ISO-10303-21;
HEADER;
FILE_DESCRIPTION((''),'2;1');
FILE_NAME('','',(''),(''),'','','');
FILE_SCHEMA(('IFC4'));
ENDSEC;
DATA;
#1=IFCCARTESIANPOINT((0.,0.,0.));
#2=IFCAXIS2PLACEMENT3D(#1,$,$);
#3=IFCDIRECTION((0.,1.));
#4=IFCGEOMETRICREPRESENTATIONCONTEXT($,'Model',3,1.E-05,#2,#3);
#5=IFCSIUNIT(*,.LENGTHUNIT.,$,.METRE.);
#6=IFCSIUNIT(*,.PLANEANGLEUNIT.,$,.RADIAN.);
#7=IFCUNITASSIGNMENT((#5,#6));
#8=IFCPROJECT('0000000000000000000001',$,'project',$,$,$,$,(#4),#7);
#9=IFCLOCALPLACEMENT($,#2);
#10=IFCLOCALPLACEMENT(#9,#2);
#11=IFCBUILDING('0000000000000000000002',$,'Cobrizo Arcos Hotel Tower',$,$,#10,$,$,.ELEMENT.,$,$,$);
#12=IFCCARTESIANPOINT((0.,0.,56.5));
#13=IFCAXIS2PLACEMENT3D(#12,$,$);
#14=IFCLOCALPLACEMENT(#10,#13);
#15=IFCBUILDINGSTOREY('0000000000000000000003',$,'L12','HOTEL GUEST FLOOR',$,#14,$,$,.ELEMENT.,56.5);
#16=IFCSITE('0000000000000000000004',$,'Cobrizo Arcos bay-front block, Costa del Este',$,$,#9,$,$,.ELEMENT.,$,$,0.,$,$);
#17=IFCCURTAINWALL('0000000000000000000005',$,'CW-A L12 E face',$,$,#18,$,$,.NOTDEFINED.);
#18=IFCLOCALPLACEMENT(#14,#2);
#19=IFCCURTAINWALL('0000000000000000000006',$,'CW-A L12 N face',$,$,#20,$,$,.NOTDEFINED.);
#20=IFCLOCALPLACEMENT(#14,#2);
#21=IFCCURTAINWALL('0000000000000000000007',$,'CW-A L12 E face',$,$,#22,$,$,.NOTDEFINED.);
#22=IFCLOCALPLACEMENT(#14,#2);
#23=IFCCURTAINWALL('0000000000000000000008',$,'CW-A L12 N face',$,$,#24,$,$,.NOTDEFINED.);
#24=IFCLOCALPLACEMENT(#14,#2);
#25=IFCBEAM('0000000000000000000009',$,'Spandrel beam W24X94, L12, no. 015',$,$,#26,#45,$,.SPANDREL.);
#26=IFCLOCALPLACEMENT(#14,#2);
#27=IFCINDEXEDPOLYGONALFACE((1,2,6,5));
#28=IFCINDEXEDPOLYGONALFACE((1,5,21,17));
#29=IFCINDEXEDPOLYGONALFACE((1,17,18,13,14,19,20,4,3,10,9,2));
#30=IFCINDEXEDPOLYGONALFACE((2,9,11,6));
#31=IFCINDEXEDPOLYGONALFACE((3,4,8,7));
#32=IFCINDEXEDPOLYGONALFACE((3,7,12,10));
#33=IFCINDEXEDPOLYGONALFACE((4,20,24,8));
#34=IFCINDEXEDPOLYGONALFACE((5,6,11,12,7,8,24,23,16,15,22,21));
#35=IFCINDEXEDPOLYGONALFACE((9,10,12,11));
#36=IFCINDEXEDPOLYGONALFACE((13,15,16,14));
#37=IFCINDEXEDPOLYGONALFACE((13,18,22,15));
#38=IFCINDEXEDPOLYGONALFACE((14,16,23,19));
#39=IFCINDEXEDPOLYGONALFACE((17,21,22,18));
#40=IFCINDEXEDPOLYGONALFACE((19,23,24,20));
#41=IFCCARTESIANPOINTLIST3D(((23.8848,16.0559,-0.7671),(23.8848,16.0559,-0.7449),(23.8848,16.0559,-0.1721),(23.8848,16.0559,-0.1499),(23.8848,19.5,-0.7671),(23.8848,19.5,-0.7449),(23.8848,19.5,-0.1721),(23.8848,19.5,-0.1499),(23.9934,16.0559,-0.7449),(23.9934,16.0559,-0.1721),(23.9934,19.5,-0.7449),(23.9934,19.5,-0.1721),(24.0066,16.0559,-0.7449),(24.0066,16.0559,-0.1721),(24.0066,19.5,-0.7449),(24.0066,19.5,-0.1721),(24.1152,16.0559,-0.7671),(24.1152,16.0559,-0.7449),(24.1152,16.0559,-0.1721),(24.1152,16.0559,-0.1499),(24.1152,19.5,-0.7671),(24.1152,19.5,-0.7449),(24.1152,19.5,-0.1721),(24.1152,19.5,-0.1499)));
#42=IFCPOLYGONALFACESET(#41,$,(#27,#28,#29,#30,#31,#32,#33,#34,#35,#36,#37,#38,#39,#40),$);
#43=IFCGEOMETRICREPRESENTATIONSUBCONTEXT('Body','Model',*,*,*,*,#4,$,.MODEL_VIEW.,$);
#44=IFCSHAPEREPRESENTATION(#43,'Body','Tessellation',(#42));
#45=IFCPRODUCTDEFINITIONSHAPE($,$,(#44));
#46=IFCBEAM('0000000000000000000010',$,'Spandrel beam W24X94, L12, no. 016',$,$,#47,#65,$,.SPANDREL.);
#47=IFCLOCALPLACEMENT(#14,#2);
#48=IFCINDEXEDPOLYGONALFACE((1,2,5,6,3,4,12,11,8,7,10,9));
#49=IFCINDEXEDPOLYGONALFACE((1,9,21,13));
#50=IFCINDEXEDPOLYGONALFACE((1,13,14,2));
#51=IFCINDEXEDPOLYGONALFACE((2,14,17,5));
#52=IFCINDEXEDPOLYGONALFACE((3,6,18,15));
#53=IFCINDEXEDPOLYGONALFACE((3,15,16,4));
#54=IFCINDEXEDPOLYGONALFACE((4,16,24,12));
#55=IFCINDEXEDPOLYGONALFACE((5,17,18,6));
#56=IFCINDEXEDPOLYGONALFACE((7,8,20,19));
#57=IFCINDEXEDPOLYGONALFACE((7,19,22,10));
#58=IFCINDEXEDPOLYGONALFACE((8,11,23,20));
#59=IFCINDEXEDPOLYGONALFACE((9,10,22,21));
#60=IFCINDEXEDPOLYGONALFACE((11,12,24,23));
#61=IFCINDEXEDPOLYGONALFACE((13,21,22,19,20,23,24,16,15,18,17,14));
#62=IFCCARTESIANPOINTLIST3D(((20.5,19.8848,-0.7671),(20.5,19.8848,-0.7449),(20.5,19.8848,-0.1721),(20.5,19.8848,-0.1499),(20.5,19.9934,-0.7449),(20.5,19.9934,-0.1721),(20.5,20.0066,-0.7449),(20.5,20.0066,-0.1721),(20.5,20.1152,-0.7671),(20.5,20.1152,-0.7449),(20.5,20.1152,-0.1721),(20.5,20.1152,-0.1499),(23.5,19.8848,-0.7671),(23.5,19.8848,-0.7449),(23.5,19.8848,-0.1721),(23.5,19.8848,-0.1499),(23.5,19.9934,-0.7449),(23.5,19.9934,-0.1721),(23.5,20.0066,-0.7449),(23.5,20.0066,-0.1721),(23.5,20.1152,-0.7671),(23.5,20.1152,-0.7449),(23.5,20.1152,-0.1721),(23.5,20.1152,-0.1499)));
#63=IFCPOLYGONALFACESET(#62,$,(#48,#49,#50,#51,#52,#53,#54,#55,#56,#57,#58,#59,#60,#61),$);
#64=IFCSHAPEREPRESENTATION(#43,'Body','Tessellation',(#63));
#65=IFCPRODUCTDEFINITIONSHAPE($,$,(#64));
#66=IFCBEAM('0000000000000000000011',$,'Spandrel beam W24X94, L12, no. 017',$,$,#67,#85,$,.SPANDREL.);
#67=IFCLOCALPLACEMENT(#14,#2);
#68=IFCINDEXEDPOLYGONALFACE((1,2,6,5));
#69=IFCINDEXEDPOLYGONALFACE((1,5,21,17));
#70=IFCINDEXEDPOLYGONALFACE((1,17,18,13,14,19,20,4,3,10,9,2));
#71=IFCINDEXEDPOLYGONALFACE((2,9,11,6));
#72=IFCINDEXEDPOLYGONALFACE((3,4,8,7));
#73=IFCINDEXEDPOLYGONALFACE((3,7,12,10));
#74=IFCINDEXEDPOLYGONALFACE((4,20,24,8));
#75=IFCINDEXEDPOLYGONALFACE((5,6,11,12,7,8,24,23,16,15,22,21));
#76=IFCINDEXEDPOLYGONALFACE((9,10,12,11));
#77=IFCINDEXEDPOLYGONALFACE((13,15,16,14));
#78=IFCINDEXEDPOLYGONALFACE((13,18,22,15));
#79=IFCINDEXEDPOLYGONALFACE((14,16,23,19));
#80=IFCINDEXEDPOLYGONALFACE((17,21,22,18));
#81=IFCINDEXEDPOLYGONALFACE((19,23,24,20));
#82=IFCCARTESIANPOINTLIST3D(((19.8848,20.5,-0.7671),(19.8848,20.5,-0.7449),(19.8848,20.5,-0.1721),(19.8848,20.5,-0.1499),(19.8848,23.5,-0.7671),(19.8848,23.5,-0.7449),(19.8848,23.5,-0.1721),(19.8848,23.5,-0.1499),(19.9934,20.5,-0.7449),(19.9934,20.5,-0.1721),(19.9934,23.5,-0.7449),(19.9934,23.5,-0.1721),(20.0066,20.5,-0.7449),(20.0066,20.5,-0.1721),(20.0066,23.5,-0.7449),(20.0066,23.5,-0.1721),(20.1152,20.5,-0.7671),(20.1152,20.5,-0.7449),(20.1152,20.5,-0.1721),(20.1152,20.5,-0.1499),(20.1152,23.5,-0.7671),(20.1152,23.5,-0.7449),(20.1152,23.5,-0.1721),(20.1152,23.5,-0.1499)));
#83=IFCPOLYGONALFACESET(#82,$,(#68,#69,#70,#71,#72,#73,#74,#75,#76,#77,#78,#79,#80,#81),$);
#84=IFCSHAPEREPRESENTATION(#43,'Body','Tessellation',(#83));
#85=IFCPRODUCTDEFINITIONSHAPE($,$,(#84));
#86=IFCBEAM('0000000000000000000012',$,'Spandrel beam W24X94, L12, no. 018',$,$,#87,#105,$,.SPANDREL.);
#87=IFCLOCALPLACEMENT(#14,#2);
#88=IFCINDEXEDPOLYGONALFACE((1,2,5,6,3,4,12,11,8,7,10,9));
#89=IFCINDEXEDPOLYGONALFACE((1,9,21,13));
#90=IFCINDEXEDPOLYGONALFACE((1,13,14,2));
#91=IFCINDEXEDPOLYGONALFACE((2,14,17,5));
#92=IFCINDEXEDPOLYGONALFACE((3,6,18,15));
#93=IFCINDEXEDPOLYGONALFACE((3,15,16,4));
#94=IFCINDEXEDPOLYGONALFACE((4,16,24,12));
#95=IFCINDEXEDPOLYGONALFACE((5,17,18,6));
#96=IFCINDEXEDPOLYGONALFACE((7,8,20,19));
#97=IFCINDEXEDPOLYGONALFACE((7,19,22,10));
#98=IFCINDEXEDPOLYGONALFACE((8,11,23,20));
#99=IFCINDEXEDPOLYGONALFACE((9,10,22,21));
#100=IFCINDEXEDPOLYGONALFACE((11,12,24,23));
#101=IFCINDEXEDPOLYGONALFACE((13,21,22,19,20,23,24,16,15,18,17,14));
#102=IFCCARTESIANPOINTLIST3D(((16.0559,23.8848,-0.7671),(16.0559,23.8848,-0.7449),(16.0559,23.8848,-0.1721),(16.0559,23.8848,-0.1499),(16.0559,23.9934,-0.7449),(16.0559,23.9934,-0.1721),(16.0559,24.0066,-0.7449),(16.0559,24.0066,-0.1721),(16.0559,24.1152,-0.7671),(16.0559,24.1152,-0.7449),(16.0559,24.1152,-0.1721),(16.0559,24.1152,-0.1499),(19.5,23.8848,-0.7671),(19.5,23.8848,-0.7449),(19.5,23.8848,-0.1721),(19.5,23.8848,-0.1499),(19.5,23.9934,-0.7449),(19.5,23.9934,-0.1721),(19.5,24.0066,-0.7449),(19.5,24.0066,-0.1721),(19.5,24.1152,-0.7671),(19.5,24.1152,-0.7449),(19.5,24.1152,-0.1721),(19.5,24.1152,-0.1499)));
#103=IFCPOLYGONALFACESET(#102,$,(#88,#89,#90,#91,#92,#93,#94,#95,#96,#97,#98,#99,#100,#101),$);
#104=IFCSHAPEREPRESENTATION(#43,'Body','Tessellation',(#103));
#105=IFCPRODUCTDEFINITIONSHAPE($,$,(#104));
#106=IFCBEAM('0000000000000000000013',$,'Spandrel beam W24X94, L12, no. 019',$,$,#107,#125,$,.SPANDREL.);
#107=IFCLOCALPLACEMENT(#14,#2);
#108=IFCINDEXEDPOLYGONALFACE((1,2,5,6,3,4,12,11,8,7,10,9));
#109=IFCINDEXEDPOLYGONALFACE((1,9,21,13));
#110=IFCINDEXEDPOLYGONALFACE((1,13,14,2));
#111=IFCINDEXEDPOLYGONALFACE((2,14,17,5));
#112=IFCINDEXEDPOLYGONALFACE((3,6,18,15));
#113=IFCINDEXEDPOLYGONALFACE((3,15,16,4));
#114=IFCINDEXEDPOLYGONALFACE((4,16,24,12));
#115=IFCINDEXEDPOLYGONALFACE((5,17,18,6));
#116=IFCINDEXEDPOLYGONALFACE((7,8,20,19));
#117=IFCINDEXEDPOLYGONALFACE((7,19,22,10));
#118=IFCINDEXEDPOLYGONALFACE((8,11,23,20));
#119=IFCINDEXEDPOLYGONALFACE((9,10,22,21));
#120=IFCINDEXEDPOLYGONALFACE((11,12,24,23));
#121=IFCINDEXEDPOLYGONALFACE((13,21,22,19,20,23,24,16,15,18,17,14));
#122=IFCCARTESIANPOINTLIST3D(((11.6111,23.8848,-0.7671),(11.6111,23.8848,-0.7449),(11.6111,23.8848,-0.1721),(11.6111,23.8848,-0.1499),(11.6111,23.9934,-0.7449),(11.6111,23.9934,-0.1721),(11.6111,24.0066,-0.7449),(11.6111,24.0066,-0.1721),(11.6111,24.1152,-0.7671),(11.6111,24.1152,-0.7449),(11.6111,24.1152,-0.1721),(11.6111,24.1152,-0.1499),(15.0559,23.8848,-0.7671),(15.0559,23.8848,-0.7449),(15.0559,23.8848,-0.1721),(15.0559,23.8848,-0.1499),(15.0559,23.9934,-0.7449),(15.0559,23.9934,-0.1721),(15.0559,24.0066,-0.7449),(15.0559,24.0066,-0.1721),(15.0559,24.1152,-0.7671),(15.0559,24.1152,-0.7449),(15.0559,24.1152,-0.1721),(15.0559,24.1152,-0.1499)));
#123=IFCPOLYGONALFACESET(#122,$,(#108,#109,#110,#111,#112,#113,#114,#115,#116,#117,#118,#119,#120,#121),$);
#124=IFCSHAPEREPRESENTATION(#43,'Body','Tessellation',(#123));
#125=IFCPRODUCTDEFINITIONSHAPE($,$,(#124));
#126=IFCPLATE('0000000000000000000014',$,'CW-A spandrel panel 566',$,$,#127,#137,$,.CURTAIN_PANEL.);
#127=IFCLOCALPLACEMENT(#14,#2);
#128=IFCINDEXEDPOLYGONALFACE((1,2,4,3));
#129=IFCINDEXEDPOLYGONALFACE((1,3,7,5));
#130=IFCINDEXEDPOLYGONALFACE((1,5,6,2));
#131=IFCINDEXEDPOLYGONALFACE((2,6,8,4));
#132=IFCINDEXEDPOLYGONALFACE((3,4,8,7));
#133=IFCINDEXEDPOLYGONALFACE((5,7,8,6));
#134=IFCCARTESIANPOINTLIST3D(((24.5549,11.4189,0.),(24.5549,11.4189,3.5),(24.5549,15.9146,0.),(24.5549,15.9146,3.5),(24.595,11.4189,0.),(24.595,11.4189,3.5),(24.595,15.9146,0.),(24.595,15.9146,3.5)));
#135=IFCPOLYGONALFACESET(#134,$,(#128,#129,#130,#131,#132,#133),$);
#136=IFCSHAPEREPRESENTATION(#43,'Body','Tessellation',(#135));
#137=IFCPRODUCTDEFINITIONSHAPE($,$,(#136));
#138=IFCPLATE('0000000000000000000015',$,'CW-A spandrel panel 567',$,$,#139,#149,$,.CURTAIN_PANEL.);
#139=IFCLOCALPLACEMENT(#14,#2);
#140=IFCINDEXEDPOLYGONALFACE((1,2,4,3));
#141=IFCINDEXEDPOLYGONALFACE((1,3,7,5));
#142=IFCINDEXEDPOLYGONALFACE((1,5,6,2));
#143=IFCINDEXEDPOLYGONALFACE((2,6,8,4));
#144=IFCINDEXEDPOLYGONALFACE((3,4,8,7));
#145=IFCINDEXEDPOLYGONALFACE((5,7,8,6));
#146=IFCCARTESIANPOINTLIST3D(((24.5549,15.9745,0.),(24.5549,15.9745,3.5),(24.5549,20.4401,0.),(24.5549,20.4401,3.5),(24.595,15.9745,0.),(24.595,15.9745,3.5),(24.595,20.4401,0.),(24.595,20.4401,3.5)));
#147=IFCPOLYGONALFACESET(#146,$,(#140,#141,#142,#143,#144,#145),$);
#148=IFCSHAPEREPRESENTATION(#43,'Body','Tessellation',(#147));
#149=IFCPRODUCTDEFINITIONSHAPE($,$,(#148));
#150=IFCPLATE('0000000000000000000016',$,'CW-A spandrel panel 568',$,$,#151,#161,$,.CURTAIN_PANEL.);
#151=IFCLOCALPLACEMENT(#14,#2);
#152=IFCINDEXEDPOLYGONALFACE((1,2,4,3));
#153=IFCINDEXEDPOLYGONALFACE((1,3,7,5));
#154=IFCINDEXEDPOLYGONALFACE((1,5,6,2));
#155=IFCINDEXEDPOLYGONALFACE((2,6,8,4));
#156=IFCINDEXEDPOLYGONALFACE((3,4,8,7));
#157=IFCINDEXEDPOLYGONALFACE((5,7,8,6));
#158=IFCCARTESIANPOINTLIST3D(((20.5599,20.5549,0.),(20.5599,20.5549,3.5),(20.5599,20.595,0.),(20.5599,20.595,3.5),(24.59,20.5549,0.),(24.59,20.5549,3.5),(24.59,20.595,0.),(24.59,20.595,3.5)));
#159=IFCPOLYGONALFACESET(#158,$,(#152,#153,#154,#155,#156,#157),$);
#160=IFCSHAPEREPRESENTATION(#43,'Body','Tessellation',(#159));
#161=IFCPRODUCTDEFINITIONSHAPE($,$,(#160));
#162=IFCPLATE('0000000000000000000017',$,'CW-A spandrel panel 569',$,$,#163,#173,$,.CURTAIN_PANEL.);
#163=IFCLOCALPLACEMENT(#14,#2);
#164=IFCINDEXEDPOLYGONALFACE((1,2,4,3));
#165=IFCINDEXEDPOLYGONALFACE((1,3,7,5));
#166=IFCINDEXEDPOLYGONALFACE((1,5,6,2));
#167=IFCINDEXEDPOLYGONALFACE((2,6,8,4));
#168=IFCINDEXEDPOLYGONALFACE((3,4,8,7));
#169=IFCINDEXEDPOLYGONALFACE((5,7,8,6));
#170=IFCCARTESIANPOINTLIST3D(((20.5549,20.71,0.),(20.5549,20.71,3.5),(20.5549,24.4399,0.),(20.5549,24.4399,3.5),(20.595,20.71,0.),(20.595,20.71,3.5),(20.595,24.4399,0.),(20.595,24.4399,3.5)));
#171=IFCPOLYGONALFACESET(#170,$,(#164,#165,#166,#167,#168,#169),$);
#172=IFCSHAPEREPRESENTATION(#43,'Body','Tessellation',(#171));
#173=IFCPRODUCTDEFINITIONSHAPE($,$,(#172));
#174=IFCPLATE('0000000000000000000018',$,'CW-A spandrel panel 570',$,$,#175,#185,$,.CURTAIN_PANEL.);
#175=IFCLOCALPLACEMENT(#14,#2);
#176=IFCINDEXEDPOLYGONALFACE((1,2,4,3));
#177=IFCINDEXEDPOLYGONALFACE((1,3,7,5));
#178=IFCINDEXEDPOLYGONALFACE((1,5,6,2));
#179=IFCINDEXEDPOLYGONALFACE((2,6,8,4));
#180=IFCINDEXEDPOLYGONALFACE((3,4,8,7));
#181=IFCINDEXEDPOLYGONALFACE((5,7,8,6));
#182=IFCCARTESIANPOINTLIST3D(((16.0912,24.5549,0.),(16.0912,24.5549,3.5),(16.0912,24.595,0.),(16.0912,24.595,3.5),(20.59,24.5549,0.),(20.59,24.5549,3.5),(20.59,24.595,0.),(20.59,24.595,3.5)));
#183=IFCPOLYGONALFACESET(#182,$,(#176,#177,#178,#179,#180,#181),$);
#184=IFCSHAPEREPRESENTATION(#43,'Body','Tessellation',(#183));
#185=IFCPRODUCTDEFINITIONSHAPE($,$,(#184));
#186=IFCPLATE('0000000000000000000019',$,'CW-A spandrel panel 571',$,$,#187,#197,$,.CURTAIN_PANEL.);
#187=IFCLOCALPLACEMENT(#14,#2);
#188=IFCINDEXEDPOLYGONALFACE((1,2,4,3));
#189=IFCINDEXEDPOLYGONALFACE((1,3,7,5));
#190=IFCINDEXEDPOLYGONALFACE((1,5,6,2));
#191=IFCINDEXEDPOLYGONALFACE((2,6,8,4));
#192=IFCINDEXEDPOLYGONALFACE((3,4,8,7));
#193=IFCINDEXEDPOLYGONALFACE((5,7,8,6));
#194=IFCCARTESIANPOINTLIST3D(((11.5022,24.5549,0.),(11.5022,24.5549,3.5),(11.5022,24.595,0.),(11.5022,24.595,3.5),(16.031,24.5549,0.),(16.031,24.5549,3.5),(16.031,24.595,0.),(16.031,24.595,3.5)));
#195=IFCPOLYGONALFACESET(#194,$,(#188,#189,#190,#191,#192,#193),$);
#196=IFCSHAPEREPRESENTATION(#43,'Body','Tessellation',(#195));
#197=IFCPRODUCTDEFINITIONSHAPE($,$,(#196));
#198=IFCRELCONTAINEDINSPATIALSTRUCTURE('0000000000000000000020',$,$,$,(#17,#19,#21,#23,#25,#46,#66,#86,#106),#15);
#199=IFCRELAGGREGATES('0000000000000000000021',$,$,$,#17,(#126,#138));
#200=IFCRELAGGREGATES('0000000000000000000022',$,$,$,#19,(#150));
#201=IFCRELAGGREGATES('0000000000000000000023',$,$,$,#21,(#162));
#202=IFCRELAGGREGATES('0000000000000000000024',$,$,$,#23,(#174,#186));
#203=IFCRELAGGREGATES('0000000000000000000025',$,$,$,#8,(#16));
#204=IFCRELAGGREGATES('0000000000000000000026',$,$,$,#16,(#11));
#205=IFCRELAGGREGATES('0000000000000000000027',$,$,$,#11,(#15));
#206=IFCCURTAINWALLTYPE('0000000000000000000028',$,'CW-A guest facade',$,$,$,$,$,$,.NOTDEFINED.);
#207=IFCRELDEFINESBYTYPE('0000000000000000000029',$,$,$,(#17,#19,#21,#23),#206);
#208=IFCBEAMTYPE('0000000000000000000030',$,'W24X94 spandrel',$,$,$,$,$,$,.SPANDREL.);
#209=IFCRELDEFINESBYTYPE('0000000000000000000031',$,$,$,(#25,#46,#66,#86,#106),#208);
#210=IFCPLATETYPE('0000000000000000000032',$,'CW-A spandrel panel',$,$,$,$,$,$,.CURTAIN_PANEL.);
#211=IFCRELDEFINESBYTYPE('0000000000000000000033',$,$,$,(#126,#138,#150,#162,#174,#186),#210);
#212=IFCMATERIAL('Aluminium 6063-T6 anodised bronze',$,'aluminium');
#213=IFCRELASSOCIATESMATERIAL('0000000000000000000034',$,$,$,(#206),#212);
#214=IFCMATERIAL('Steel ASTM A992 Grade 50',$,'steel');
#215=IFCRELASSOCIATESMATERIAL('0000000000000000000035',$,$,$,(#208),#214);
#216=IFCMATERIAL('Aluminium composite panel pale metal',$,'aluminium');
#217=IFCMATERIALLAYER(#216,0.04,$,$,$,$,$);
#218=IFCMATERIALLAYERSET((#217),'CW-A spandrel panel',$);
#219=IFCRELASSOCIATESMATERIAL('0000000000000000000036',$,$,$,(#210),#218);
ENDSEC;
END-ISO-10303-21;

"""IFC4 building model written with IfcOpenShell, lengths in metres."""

from ifc_helpers import new_model, si_unit, direction, frame, origin, origin_2d, place, context, subcontext, project, spatial, rectangle, i_section, extrude, material, layer, layer_set, material_profile, profile_set, type_object, element, aggregate, save


model = new_model("IFC4")

# Units and contexts
model_context = context("Model", 3, precision=1e-05, world=origin(), true_north=direction((0.0, 1.0)))
body_context = subcontext(model_context, "Body", "Model", "MODEL_VIEW")
ifc_project = project(units=[si_unit("LENGTHUNIT", "METRE"), si_unit("PLANEANGLEUNIT", "RADIAN")], contexts=[model_context])

# Site, building, storey
site_placement = place(None, origin())
site = spatial("IfcSite", under=ifc_project, at=site_placement, Name="Cobrizo Arcos bay-front block, Costa del Este", CompositionType="ELEMENT", RefElevation=0.0)
building_placement = place(site_placement, origin())
building = spatial("IfcBuilding", under=site, at=building_placement, Name="Cobrizo Arcos Hotel Tower", CompositionType="ELEMENT")
storey_placement = place(building_placement, frame((0.0, 0.0, 56.5)))
storey = spatial("IfcBuildingStorey", under=building, at=storey_placement, Name="L12", Description="HOTEL GUEST FLOOR", CompositionType="ELEMENT", Elevation=56.5)

# Curtain walls
ifc_material_1 = material(Name="Aluminium 6063-T6 anodised bronze", Category="aluminium")
curtain_wall_type = type_object("IfcCurtainWallType", Name="CW-A guest facade", PredefinedType="NOTDEFINED", material=ifc_material_1)
curtain_wall_1_placement = place(storey_placement, origin())
curtain_wall_1 = element("IfcCurtainWall", 1, at=curtain_wall_1_placement, inside=storey, type_object=curtain_wall_type, Name="CW-A L12 E face", PredefinedType="NOTDEFINED")
curtain_wall_2_placement = place(storey_placement, origin())
curtain_wall_2 = element("IfcCurtainWall", 2, at=curtain_wall_2_placement, inside=storey, type_object=curtain_wall_type, Name="CW-A L12 N face", PredefinedType="NOTDEFINED")
curtain_wall_3_placement = place(storey_placement, origin())
curtain_wall_3 = element("IfcCurtainWall", 3, at=curtain_wall_3_placement, inside=storey, type_object=curtain_wall_type, Name="CW-A L12 E face", PredefinedType="NOTDEFINED")
curtain_wall_4_placement = place(storey_placement, origin())
curtain_wall_4 = element("IfcCurtainWall", 4, at=curtain_wall_4_placement, inside=storey, type_object=curtain_wall_type, Name="CW-A L12 N face", PredefinedType="NOTDEFINED")

# Beams
ifc_material_2 = material(Name="Steel ASTM A992 Grade 50", Category="steel")
ifc_material_profile_1 = material_profile(ifc_material_2, i_section(OverallWidth=0.2305, OverallDepth=0.6172, WebThickness=0.0132, FlangeThickness=0.0222, at=origin_2d()), Name="W24X94")
ifc_profile_set_1 = profile_set([ifc_material_profile_1], Name="Steel ASTM A992 Grade 50")
beam_type = type_object("IfcBeamType", Name="W24X94 spandrel", PredefinedType="SPANDREL", material=ifc_profile_set_1)
beam_1_placement = place(storey_placement, frame((24.0, 16.0559, -0.4585), z_axis=(0.0, 1.0, 0.0), x_axis=(-1.0, 0.0, 0.0)))
element("IfcBeam", 5, at=beam_1_placement, inside=storey, type_object=beam_type, Name="Spandrel beam W24X94, L12, no. 015", PredefinedType="SPANDREL", context=body_context, shape_type="SweptSolid", body=[
    extrude(i_section(OverallWidth=0.2305, OverallDepth=0.6172, WebThickness=0.0132, FlangeThickness=0.0222, at=origin_2d()), origin(), (0.0, 0.0, 1.0), 3.4441),
])
for number, where, z_axis, x_axis, name in (
    (6, (23.5, 20.0, -0.4585), (-1.0, 0.0, 0.0), (0.0, -1.0, 0.0), "Spandrel beam W24X94, L12, no. 016"),
    (7, (20.0, 20.5, -0.4585), (0.0, 1.0, 0.0), (-1.0, 0.0, 0.0), "Spandrel beam W24X94, L12, no. 017"),
):
    element("IfcBeam", number, at=place(storey_placement, frame(where, z_axis=z_axis, x_axis=x_axis)), inside=storey, type_object=beam_type, Name=name, PredefinedType="SPANDREL", context=body_context, shape_type="SweptSolid", body=[
        extrude(i_section(OverallWidth=0.2305, OverallDepth=0.6172, WebThickness=0.0132, FlangeThickness=0.0222, at=origin_2d()), origin(), (0.0, 0.0, 1.0), 3.0),
    ])
beam_2_placement = place(storey_placement, frame((19.5, 24.0, -0.4585), z_axis=(-1.0, 0.0, 0.0), x_axis=(0.0, -1.0, 0.0)))
element("IfcBeam", 8, at=beam_2_placement, inside=storey, type_object=beam_type, Name="Spandrel beam W24X94, L12, no. 018", PredefinedType="SPANDREL", context=body_context, shape_type="SweptSolid", body=[
    extrude(i_section(OverallWidth=0.2305, OverallDepth=0.6172, WebThickness=0.0132, FlangeThickness=0.0222, at=origin_2d()), origin(), (0.0, 0.0, 1.0), 3.4441),
])
beam_3_placement = place(storey_placement, frame((15.0559, 24.0, -0.4585), z_axis=(-1.0, 0.0, 0.0), x_axis=(0.0, -1.0, 0.0)))
element("IfcBeam", 9, at=beam_3_placement, inside=storey, type_object=beam_type, Name="Spandrel beam W24X94, L12, no. 019", PredefinedType="SPANDREL", context=body_context, shape_type="SweptSolid", body=[
    extrude(i_section(OverallWidth=0.2305, OverallDepth=0.6172, WebThickness=0.0132, FlangeThickness=0.0222, at=origin_2d()), origin(), (0.0, 0.0, 1.0), 3.4448),
])

# Plates
ifc_material_3 = material(Name="Aluminium composite panel pale metal", Category="aluminium")
ifc_layer_1 = layer(ifc_material_3, 0.04)
ifc_layer_set_1 = layer_set([ifc_layer_1], Name="CW-A spandrel panel")
plate_type = type_object("IfcPlateType", Name="CW-A spandrel panel", PredefinedType="CURTAIN_PANEL", material=ifc_layer_set_1)
plate_1_placement = place(storey_placement, frame((24.575, 13.6667, 0.0), z_axis=(0.0, 0.0, 1.0), x_axis=(0.0, 1.0, 0.0)))
plate_1 = element("IfcPlate", 10, at=plate_1_placement, type_object=plate_type, Name="CW-A spandrel panel 566", PredefinedType="CURTAIN_PANEL", context=body_context, shape_type="SweptSolid", body=[
    extrude(rectangle(XDim=4.4956, YDim=0.04, at=origin_2d()), origin(), (0.0, 0.0, 1.0), 3.5),
])
plate_2_placement = place(storey_placement, frame((24.575, 18.2073, 0.0), z_axis=(0.0, 0.0, 1.0), x_axis=(0.0, 1.0, 0.0)))
plate_2 = element("IfcPlate", 11, at=plate_2_placement, type_object=plate_type, Name="CW-A spandrel panel 567", PredefinedType="CURTAIN_PANEL", context=body_context, shape_type="SweptSolid", body=[
    extrude(rectangle(XDim=4.4656, YDim=0.04, at=origin_2d()), origin(), (0.0, 0.0, 1.0), 3.5),
])
aggregate(curtain_wall_1, [plate_1, plate_2])
plate_3_placement = place(storey_placement, frame((22.575, 20.575, 0.0), z_axis=(0.0, 0.0, 1.0), x_axis=(-1.0, 0.0, 0.0)))
plate_3 = element("IfcPlate", 12, at=plate_3_placement, type_object=plate_type, Name="CW-A spandrel panel 568", PredefinedType="CURTAIN_PANEL", context=body_context, shape_type="SweptSolid", body=[
    extrude(rectangle(XDim=4.03, YDim=0.04, at=origin_2d()), origin(), (0.0, 0.0, 1.0), 3.5),
])
aggregate(curtain_wall_2, [plate_3])
plate_4_placement = place(storey_placement, frame((20.575, 22.575, 0.0), z_axis=(0.0, 0.0, 1.0), x_axis=(0.0, 1.0, 0.0)))
plate_4 = element("IfcPlate", 13, at=plate_4_placement, type_object=plate_type, Name="CW-A spandrel panel 569", PredefinedType="CURTAIN_PANEL", context=body_context, shape_type="SweptSolid", body=[
    extrude(rectangle(XDim=3.73, YDim=0.04, at=origin_2d()), origin(), (0.0, 0.0, 1.0), 3.5),
])
aggregate(curtain_wall_3, [plate_4])
plate_5_placement = place(storey_placement, frame((18.3406, 24.575, 0.0), z_axis=(0.0, 0.0, 1.0), x_axis=(-1.0, 0.0, 0.0)))
plate_5 = element("IfcPlate", 14, at=plate_5_placement, type_object=plate_type, Name="CW-A spandrel panel 570", PredefinedType="CURTAIN_PANEL", context=body_context, shape_type="SweptSolid", body=[
    extrude(rectangle(XDim=4.4988, YDim=0.04, at=origin_2d()), origin(), (0.0, 0.0, 1.0), 3.5),
])
plate_6_placement = place(storey_placement, frame((13.7666, 24.575, 0.0), z_axis=(0.0, 0.0, 1.0), x_axis=(-1.0, 0.0, 0.0)))
plate_6 = element("IfcPlate", 15, at=plate_6_placement, type_object=plate_type, Name="CW-A spandrel panel 571", PredefinedType="CURTAIN_PANEL", context=body_context, shape_type="SweptSolid", body=[
    extrude(rectangle(XDim=4.5288, YDim=0.04, at=origin_2d()), origin(), (0.0, 0.0, 1.0), 3.5),
])
aggregate(curtain_wall_4, [plate_5, plate_6])

save(model, "model.ifc")
